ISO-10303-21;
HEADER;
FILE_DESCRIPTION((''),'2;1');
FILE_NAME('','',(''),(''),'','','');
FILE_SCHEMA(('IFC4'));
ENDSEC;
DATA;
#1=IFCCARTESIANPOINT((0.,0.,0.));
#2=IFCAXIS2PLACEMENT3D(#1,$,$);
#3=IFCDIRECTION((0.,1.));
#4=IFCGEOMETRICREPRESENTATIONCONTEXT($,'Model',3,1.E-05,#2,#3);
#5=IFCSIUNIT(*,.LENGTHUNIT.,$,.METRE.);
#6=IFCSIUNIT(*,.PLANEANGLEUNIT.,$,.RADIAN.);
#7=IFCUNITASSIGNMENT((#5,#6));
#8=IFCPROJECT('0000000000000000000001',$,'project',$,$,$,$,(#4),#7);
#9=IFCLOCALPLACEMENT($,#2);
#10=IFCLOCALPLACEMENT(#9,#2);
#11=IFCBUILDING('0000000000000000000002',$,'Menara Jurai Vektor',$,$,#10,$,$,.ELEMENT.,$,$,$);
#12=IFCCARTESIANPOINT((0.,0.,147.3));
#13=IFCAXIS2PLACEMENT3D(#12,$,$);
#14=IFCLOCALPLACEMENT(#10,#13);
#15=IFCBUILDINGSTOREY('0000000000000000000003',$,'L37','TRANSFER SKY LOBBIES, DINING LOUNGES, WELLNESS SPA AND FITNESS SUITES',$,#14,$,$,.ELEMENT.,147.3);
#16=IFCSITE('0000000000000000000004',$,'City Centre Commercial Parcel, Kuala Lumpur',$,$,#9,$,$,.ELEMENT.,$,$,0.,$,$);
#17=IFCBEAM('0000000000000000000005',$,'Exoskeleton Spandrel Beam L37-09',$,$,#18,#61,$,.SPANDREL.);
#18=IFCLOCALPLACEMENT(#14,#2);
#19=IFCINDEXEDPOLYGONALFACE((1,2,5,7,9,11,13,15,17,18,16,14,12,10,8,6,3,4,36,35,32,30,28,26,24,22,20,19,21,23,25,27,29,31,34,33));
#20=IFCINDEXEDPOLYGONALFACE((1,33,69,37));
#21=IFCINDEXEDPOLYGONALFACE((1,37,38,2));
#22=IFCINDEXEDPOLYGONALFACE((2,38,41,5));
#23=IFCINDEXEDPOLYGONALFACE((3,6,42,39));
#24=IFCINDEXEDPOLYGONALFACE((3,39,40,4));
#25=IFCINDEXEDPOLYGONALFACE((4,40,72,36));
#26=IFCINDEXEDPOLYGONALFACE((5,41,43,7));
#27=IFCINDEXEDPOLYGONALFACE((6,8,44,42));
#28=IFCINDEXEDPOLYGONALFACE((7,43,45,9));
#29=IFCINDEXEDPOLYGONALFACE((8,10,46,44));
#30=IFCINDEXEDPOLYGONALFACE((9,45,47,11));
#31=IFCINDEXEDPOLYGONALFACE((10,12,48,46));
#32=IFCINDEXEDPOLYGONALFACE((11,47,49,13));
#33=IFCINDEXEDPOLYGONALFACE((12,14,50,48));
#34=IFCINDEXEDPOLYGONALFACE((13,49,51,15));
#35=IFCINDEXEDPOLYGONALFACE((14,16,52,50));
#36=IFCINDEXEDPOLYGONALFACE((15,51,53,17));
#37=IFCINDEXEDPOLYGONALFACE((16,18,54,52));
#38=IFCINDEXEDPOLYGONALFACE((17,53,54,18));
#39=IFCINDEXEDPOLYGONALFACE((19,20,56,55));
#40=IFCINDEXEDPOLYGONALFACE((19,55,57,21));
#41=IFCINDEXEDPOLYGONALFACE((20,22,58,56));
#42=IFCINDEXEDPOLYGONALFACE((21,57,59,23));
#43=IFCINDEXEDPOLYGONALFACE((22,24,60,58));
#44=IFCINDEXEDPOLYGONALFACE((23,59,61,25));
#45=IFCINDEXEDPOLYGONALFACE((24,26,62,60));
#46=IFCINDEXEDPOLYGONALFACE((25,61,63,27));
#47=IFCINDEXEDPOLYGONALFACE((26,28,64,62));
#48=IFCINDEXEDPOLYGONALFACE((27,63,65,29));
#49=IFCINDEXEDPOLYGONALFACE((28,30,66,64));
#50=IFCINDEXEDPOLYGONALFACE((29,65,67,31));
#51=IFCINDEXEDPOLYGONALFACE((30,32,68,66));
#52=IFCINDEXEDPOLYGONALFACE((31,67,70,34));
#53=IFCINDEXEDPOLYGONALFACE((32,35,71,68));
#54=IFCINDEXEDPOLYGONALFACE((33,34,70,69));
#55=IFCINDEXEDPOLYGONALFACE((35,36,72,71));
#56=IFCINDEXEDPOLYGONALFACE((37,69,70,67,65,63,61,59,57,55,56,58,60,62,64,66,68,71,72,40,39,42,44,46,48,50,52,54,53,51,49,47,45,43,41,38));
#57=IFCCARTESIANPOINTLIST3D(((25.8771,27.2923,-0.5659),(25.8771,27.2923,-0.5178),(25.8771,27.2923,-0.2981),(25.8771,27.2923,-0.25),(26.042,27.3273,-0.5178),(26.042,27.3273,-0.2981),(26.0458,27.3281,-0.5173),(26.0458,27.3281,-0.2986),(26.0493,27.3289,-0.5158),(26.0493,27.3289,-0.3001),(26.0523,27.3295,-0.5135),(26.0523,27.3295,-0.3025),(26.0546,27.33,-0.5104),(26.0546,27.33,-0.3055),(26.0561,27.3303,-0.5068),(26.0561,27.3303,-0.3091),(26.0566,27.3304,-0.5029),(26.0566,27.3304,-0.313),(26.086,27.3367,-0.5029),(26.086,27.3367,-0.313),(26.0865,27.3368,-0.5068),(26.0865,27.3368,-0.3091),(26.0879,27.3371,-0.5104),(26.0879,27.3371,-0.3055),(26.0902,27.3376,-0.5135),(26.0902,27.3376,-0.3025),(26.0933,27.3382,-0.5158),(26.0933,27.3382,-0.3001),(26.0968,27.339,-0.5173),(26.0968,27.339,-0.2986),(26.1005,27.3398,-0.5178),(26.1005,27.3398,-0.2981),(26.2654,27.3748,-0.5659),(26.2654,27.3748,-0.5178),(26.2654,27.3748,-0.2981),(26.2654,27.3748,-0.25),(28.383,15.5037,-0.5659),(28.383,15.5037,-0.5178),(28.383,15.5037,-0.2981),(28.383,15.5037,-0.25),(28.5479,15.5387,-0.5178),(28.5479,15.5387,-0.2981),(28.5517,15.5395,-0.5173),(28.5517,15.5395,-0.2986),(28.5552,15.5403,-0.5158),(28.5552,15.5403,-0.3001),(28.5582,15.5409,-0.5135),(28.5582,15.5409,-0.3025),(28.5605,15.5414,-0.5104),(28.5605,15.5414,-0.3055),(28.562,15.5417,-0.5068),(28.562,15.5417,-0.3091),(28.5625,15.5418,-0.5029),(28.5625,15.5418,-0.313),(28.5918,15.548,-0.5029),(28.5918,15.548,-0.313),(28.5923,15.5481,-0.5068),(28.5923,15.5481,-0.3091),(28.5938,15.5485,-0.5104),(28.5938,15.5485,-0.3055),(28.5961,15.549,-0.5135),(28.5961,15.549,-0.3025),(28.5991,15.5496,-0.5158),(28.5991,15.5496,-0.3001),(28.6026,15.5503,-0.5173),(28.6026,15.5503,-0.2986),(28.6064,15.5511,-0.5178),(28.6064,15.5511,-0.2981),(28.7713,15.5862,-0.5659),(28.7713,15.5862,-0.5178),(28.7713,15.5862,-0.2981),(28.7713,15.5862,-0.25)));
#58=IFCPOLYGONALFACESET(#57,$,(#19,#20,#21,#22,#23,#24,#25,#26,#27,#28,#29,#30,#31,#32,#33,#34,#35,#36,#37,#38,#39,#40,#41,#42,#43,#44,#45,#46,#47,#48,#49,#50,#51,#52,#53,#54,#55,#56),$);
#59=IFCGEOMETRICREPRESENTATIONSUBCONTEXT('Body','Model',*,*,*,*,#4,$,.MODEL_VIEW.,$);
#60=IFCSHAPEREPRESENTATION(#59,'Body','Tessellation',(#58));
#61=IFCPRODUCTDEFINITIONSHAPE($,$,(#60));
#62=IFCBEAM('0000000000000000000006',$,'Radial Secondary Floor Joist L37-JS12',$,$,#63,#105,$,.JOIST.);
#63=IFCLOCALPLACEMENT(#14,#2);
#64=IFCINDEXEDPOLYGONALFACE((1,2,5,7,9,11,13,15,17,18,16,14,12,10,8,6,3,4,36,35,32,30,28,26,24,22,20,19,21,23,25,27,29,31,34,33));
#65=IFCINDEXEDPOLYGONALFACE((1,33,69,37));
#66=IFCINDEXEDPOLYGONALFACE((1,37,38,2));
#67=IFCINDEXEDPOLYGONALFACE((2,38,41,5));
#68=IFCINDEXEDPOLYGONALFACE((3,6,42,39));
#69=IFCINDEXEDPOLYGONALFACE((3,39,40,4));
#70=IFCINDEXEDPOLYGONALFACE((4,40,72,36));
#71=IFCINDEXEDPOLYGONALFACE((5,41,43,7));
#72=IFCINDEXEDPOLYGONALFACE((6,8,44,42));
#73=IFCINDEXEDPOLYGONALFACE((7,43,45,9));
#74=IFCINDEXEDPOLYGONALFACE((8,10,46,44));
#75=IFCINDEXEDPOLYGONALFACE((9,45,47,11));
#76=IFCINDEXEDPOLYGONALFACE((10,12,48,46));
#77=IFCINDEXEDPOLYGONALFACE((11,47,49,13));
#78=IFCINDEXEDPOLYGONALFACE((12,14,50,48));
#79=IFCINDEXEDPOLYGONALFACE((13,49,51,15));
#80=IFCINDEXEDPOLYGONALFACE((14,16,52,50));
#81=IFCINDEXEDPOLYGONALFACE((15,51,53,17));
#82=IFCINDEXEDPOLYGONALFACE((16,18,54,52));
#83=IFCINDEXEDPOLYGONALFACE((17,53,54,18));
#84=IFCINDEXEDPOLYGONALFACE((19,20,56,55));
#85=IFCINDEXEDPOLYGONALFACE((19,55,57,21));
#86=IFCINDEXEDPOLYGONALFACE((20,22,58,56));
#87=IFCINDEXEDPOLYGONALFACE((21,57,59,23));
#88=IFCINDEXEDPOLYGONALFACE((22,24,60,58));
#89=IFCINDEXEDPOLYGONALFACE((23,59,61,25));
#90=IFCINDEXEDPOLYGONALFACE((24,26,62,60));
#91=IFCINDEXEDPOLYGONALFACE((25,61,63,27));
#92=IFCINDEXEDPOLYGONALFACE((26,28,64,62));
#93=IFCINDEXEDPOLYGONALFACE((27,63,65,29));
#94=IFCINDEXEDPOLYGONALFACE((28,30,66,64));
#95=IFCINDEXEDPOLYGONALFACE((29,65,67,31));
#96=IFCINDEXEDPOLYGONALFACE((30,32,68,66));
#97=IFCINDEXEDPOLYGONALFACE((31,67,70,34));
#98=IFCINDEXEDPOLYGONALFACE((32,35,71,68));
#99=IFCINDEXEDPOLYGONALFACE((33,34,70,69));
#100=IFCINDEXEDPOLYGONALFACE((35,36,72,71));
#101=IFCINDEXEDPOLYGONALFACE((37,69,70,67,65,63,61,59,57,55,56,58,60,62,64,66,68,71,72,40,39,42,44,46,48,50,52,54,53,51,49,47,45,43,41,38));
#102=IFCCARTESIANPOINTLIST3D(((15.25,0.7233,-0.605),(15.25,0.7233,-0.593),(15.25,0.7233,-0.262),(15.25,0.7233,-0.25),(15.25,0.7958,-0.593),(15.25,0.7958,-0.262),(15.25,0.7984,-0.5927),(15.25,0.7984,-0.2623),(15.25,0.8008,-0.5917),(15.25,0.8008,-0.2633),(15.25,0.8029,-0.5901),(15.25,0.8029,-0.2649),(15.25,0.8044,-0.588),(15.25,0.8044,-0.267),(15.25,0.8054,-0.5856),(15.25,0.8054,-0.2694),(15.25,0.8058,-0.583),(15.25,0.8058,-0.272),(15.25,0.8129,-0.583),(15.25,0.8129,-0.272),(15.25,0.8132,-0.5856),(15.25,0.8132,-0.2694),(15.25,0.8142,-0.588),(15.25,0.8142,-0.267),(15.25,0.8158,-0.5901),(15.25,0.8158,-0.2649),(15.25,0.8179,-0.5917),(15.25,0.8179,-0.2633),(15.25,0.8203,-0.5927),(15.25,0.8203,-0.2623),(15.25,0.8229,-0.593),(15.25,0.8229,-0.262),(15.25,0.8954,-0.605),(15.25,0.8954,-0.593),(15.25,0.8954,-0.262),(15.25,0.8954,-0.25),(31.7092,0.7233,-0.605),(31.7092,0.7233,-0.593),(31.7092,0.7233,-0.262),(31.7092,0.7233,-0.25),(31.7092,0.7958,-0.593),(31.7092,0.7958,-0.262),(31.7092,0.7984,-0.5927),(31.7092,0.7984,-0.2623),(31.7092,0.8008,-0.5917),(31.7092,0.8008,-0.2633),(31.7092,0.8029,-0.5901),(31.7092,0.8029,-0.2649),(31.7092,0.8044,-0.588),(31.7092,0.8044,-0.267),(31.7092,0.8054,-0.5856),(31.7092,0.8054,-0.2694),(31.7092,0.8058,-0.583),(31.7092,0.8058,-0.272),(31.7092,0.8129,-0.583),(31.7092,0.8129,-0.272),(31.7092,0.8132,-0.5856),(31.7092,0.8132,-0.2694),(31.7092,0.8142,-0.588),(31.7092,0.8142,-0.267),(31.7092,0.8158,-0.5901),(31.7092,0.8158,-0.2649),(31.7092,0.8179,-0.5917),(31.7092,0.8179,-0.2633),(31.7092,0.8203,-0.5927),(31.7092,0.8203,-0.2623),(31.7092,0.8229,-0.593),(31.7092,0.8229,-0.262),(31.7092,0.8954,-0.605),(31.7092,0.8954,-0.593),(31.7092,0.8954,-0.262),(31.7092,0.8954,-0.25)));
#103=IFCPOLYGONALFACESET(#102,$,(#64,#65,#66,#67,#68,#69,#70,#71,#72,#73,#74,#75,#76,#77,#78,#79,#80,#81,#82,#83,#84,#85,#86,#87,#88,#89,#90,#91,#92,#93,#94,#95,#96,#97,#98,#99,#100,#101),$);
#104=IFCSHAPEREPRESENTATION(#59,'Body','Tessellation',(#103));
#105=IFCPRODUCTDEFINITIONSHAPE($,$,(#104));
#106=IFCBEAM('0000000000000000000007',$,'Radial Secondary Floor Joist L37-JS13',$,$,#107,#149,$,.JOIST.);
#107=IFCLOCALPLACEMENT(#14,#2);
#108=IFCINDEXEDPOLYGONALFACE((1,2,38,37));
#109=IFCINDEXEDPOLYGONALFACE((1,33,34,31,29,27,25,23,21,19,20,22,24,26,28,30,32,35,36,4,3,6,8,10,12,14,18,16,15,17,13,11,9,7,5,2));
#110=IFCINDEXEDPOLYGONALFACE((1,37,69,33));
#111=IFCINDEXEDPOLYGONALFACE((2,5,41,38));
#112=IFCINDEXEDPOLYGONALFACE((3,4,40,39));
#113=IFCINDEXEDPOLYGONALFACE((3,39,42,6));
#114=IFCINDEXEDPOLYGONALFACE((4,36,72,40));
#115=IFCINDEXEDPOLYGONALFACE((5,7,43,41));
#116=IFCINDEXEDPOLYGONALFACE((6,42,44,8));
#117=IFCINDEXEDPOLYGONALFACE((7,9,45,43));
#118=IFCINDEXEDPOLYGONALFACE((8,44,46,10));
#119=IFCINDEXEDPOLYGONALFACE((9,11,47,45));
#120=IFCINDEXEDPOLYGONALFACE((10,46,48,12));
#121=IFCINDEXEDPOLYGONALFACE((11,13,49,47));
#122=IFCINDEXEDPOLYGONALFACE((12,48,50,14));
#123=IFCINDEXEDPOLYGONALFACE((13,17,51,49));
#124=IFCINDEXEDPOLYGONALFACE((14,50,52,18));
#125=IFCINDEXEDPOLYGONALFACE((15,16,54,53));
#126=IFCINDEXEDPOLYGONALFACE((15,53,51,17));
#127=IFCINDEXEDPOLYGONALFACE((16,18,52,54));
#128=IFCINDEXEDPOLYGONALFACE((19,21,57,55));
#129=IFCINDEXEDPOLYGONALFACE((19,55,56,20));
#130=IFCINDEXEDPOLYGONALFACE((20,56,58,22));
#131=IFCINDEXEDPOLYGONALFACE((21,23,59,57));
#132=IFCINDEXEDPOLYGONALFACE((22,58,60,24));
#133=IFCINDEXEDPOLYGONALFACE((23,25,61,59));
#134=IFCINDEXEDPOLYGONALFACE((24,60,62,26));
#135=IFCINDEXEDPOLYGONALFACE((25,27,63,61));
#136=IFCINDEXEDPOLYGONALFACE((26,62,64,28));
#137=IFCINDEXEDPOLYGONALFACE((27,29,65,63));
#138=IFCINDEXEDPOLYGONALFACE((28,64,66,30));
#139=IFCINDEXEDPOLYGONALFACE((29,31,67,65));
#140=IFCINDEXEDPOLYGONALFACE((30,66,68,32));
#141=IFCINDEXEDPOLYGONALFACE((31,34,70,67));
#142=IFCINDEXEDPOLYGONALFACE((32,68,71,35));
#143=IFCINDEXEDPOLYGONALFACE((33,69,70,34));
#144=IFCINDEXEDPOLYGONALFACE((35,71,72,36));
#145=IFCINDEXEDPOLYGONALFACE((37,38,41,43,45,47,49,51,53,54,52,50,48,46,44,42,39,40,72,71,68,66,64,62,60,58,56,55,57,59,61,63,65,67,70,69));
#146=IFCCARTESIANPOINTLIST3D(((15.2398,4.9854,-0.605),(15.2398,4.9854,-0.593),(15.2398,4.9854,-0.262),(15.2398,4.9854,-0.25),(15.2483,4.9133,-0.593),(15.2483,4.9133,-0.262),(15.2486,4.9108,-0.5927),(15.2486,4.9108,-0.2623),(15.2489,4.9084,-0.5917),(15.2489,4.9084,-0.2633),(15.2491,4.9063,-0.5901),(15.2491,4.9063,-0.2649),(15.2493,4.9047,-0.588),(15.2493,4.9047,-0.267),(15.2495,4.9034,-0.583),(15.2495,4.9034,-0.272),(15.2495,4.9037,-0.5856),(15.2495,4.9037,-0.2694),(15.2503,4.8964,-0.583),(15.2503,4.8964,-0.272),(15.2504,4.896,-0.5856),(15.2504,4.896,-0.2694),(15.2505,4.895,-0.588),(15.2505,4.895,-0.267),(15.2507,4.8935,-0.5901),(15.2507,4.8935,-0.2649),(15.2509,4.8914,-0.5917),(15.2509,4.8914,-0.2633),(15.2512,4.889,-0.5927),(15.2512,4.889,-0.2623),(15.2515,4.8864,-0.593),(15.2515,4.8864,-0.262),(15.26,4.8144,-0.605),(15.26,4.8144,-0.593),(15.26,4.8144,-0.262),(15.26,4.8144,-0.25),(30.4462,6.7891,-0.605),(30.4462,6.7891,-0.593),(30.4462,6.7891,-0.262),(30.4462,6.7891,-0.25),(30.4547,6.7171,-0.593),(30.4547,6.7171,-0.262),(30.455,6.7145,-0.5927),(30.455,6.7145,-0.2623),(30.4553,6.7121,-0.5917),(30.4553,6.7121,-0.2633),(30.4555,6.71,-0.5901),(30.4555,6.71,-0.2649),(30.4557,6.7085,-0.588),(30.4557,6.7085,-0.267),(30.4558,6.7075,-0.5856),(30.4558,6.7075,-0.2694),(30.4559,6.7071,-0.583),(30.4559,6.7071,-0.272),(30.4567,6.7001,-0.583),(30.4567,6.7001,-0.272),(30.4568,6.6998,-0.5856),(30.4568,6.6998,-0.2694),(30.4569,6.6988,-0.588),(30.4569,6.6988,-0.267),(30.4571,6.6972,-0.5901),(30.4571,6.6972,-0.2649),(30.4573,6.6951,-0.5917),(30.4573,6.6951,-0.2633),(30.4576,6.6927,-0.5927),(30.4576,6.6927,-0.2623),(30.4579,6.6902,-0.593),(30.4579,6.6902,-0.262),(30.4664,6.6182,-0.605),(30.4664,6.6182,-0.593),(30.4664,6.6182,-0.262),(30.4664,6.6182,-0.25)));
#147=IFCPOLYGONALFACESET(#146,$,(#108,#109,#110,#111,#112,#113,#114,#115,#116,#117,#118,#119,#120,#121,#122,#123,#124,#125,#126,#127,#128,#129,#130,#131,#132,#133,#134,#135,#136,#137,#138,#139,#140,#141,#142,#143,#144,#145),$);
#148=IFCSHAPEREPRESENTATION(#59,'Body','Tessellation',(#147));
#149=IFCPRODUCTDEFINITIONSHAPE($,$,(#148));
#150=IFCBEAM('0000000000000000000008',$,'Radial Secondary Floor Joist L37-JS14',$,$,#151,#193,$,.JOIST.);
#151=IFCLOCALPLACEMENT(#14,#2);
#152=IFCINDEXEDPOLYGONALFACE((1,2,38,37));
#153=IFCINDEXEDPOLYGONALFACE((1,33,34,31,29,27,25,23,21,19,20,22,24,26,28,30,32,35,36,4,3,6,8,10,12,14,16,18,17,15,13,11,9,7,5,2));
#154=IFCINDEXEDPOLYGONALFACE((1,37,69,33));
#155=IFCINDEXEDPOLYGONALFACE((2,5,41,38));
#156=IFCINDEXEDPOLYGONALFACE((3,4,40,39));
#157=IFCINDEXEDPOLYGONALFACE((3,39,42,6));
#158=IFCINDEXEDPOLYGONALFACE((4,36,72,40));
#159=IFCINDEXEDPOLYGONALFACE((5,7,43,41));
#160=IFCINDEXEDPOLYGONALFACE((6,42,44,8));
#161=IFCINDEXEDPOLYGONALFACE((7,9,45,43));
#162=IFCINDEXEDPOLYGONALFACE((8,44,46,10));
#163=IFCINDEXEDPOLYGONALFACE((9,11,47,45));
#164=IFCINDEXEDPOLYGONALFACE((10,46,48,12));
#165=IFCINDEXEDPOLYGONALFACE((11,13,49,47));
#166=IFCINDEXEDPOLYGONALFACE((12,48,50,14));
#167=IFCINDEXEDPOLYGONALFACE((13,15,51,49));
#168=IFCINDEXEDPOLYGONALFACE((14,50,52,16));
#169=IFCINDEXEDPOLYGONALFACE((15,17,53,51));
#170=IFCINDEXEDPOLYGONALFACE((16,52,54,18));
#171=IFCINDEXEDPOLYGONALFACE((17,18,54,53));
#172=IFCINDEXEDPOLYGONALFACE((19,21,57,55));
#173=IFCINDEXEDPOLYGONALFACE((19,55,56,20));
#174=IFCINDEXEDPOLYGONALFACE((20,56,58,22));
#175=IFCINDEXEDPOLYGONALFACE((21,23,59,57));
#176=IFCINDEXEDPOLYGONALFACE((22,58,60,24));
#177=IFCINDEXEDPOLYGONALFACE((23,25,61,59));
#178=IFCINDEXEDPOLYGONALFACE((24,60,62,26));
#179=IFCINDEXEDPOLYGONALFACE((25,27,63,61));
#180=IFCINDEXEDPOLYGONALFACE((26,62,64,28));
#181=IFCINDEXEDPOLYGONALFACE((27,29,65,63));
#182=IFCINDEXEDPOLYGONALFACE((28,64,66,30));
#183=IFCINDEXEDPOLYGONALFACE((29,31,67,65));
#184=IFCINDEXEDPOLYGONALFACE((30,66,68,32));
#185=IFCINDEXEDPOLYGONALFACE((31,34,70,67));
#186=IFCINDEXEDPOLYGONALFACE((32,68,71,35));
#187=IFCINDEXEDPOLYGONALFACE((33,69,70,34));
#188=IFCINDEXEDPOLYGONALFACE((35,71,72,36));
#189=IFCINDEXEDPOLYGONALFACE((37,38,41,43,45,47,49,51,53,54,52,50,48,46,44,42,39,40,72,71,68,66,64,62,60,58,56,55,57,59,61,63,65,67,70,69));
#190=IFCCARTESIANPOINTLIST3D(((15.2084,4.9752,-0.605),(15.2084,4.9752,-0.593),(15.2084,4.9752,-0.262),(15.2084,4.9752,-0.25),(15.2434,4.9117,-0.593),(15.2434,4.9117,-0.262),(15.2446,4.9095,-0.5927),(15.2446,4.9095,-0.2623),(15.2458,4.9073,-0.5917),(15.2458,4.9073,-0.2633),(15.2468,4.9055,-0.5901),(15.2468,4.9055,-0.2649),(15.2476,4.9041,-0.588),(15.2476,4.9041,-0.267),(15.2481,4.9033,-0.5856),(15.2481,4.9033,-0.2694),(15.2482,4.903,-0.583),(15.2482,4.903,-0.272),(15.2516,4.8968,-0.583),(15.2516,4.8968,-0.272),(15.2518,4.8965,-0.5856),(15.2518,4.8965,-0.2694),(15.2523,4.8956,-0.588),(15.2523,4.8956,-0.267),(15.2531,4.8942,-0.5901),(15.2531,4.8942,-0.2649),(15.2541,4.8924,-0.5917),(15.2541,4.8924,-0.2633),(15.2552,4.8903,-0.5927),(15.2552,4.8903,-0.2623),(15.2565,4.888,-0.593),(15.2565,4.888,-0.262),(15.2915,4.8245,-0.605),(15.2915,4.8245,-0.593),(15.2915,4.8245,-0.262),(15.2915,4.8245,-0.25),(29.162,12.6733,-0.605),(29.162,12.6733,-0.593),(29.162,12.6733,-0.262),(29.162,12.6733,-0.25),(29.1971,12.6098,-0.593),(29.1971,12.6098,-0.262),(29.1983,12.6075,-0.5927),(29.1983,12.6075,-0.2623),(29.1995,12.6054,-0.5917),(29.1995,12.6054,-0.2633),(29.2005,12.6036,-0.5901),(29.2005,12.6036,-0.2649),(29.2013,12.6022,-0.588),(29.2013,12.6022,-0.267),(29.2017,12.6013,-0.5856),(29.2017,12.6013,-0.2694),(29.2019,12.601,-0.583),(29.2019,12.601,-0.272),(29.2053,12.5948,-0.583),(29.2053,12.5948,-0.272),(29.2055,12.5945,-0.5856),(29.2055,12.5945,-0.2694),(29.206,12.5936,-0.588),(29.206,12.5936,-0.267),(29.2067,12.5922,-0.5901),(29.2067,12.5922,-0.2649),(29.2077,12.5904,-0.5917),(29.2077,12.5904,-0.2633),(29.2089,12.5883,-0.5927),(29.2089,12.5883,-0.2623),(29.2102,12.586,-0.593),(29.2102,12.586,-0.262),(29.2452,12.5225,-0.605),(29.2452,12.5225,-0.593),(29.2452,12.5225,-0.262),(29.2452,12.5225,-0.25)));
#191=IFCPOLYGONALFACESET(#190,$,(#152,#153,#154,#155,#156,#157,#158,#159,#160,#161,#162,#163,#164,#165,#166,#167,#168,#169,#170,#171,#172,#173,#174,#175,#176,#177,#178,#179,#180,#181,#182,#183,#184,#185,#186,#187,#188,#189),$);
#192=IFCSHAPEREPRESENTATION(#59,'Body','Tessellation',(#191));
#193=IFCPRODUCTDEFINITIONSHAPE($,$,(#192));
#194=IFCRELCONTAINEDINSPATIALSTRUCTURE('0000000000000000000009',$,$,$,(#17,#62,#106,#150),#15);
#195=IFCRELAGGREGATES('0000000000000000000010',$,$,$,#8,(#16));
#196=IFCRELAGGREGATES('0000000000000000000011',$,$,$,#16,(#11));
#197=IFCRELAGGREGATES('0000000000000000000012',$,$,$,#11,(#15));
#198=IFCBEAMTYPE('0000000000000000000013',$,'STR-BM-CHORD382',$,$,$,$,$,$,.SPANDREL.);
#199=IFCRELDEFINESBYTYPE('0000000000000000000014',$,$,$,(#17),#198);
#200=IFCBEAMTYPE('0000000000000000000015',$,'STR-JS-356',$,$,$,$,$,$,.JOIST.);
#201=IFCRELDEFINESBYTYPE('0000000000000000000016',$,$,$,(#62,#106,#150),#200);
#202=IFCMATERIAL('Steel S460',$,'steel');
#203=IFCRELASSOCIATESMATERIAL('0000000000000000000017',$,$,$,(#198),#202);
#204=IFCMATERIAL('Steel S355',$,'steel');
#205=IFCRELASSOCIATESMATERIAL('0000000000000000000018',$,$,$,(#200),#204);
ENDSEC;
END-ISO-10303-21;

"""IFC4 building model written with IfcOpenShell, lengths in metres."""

from ifc_helpers import new_model, si_unit, direction, frame, origin, origin_2d, place, context, subcontext, project, spatial, i_section, extrude, material, material_profile, profile_set, type_object, element, save


model = new_model("IFC4")

# Units and contexts
model_context = context("Model", 3, precision=1e-05, world=origin(), true_north=direction((0.0, 1.0)))
body_context = subcontext(model_context, "Body", "Model", "MODEL_VIEW")
ifc_project = project(units=[si_unit("LENGTHUNIT", "METRE"), si_unit("PLANEANGLEUNIT", "RADIAN")], contexts=[model_context])

# Site, building, storey
site_placement = place(None, origin())
site = spatial("IfcSite", under=ifc_project, at=site_placement, Name="City Centre Commercial Parcel, Kuala Lumpur", CompositionType="ELEMENT", RefElevation=0.0)
building_placement = place(site_placement, origin())
building = spatial("IfcBuilding", under=site, at=building_placement, Name="Menara Jurai Vektor", CompositionType="ELEMENT")
storey_placement = place(building_placement, frame((0.0, 0.0, 147.3)))
storey = spatial("IfcBuildingStorey", under=building, at=storey_placement, Name="L37", Description="TRANSFER SKY LOBBIES, DINING LOUNGES, WELLNESS SPA AND FITNESS SUITES", CompositionType="ELEMENT", Elevation=147.3)

# Shared definitions
ifc_material_1 = material(Name="Steel S460", Category="steel")

# Beams
ifc_material_2 = material(Name="Steel S355", Category="steel")
ifc_material_profile_1 = material_profile(ifc_material_1, i_section(OverallWidth=0.397, OverallDepth=0.3159, WebThickness=0.03, FlangeThickness=0.0481, FilletRadius=0.0149, at=origin_2d()), Name="HD 400x382")
ifc_profile_set_1 = profile_set([ifc_material_profile_1], Name="Steel S460")
beam_type_1 = type_object("IfcBeamType", Name="STR-BM-CHORD382", PredefinedType="SPANDREL", material=ifc_profile_set_1)
for number, where, z_axis, x_axis, name in (
    (1, (28.5771, 15.5449, -0.408), (-0.207921, 0.978146, 0.0), (-0.978146, -0.207921, 0.0), "Exoskeleton Spandrel Beam L37-09"),
):
    element("IfcBeam", number, at=place(storey_placement, frame(where, z_axis=z_axis, x_axis=x_axis)), inside=storey, type_object=beam_type_1, Name=name, PredefinedType="SPANDREL", context=body_context, shape_type="SweptSolid", body=[
        extrude(i_section(OverallWidth=0.397, OverallDepth=0.3159, WebThickness=0.03, FlangeThickness=0.0481, FilletRadius=0.0149, at=origin_2d()), origin(), (0.0, 0.0, 1.0), 12.052),
    ])
ifc_material_profile_2 = material_profile(ifc_material_2, i_section(OverallWidth=0.1721, OverallDepth=0.355, WebThickness=0.0071, FlangeThickness=0.012, FilletRadius=0.01, at=origin_2d()), Name="UKB 356x171x51")
ifc_profile_set_2 = profile_set([ifc_material_profile_2], Name="Steel S355")
beam_type_2 = type_object("IfcBeamType", Name="STR-JS-356", PredefinedType="JOIST", material=ifc_profile_set_2)
beam_1_placement = place(storey_placement, frame((31.7092, 0.8093, -0.4275), z_axis=(-1.0, 0.0, 0.0), x_axis=(0.0, -1.0, 0.0)))
element("IfcBeam", 2, at=beam_1_placement, inside=storey, type_object=beam_type_2, Name="Radial Secondary Floor Joist L37-JS12", PredefinedType="JOIST", context=body_context, shape_type="SweptSolid", body=[
    extrude(i_section(OverallWidth=0.1721, OverallDepth=0.355, WebThickness=0.0071, FlangeThickness=0.012, FilletRadius=0.01, at=origin_2d()), origin(), (0.0, 0.0, 1.0), 16.4592),
])
beam_2_placement = place(storey_placement, frame((30.4563, 6.7036, -0.4275), z_axis=(-0.993038, -0.11779, 0.0), x_axis=(0.11779, -0.993038, 0.0)))
element("IfcBeam", 3, at=beam_2_placement, inside=storey, type_object=beam_type_2, Name="Radial Secondary Floor Joist L37-JS13", PredefinedType="JOIST", context=body_context, shape_type="SweptSolid", body=[
    extrude(i_section(OverallWidth=0.1721, OverallDepth=0.355, WebThickness=0.0071, FlangeThickness=0.012, FilletRadius=0.01, at=origin_2d()), origin(), (0.0, 0.0, 1.0), 15.313),
])
beam_3_placement = place(storey_placement, frame((29.2036, 12.5979, -0.4275), z_axis=(-0.875592, -0.483051, 0.0), x_axis=(0.483051, -0.875592, 0.0)))
element("IfcBeam", 4, at=beam_3_placement, inside=storey, type_object=beam_type_2, Name="Radial Secondary Floor Joist L37-JS14", PredefinedType="JOIST", context=body_context, shape_type="SweptSolid", body=[
    extrude(i_section(OverallWidth=0.1721, OverallDepth=0.355, WebThickness=0.0071, FlangeThickness=0.012, FilletRadius=0.01, at=origin_2d()), origin(), (0.0, 0.0, 1.0), 15.9363),
])

save(model, "model.ifc")
